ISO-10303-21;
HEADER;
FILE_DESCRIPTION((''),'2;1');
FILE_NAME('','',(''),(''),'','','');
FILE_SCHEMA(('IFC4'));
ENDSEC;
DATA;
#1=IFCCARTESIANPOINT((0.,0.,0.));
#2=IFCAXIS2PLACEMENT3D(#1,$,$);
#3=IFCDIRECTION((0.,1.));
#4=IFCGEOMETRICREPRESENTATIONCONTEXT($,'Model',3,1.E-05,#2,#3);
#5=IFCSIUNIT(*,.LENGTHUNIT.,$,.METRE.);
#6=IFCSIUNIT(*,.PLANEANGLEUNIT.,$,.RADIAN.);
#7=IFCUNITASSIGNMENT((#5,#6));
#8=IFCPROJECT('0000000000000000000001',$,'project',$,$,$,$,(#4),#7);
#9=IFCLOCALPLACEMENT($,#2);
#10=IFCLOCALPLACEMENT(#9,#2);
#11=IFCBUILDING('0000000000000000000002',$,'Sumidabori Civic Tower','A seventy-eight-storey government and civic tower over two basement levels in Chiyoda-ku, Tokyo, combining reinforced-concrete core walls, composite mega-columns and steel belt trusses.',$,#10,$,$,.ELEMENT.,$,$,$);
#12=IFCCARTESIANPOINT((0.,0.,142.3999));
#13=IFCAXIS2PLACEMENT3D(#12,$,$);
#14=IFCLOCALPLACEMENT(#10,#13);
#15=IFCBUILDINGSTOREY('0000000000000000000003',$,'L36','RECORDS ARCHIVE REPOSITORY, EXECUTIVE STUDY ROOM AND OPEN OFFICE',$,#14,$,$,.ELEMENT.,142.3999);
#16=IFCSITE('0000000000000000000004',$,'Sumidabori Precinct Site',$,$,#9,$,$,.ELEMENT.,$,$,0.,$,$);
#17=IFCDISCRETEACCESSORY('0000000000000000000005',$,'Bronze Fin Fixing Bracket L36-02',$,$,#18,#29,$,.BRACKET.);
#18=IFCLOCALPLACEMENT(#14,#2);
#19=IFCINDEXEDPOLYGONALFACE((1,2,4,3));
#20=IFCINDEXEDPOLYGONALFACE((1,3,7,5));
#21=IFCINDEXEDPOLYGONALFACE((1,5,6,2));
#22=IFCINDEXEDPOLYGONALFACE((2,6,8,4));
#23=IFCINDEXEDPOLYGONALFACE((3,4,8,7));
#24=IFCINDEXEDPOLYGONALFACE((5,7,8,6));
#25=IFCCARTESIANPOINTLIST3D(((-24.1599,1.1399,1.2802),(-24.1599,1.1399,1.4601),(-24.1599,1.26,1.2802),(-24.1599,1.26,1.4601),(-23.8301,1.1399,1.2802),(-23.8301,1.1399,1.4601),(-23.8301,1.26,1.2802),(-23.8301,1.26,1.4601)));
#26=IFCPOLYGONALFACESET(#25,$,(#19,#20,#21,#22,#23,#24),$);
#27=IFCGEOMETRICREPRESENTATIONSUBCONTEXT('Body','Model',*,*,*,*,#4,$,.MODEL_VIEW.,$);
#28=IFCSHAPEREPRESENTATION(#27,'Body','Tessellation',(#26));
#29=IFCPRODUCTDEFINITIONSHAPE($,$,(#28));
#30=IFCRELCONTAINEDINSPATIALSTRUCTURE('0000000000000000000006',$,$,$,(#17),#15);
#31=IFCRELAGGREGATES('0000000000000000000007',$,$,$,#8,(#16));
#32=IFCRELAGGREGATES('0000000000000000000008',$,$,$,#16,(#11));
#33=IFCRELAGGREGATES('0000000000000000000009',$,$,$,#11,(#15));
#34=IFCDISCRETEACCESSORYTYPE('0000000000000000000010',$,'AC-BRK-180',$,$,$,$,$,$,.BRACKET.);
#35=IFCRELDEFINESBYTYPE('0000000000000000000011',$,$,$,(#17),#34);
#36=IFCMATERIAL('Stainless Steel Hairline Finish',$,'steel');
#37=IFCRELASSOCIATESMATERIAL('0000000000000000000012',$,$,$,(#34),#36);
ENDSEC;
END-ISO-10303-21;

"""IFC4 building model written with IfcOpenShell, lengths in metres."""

from ifc_helpers import new_model, si_unit, direction, frame, origin, origin_2d, place, context, subcontext, project, spatial, rectangle, extrude, source, transform, mapped, material, material_profile, profile_set, type_object, element, save


model = new_model("IFC4")

# Units and contexts
model_context = context("Model", 3, precision=1e-05, world=origin(), true_north=direction((0.0, 1.0)))
body_context = subcontext(model_context, "Body", "Model", "MODEL_VIEW")
ifc_project = project(units=[si_unit("LENGTHUNIT", "METRE"), si_unit("PLANEANGLEUNIT", "RADIAN")], contexts=[model_context])

# Site, building, storey
site_placement = place(None, origin())
site = spatial("IfcSite", under=ifc_project, at=site_placement, Name="Sumidabori Precinct Site", CompositionType="ELEMENT", RefElevation=0.0)
building_placement = place(site_placement, origin())
building = spatial("IfcBuilding", under=site, at=building_placement, Name="Sumidabori Civic Tower", Description="A seventy-eight-storey government and civic tower over two basement levels in Chiyoda-ku, Tokyo, combining reinforced-concrete core walls, composite mega-columns and steel belt trusses.", CompositionType="ELEMENT")
storey_placement = place(building_placement, frame((0.0, 0.0, 142.3999)))
storey = spatial("IfcBuildingStorey", under=building, at=storey_placement, Name="L36", Description="RECORDS ARCHIVE REPOSITORY, EXECUTIVE STUDY ROOM AND OPEN OFFICE", CompositionType="ELEMENT", Elevation=142.3999)

# Discrete accessory
ifc_material_1 = material(Name="Stainless Steel Hairline Finish", Category="steel")
ifc_material_profile_1 = material_profile(ifc_material_1, rectangle(XDim=0.1201, YDim=0.1799, at=origin_2d()), Name="STEEL BRACKET 180x120")
ifc_profile_set_1 = profile_set([ifc_material_profile_1], Name="Stainless Steel Hairline Finish")
discrete_accessory_type = type_object("IfcDiscreteAccessoryType", Name="AC-BRK-180", PredefinedType="BRACKET", material=ifc_profile_set_1)
shared_shape_1 = source(origin(), body_context, "Body", "SweptSolid", [
    extrude(rectangle(XDim=0.1201, YDim=0.1799, at=origin_2d()), origin(), (0.0, 0.0, 1.0), 0.3298),
])
discrete_accessory_placement = place(storey_placement, frame((-23.8301, 1.2, 1.3701), z_axis=(-1.0, 0.0, 0.0), x_axis=(0.0, -1.0, 0.0)))
element("IfcDiscreteAccessory", 1, at=discrete_accessory_placement, inside=storey, type_object=discrete_accessory_type, Name="Bronze Fin Fixing Bracket L36-02", PredefinedType="BRACKET", context=body_context, shape_type="MappedRepresentation", body=[
    mapped(shared_shape_1, transform((0.0, 0.0, 0.0), x_axis=(1.0, 0.0, 0.0), y_axis=(0.0, 1.0, 0.0), z_axis=(0.0, 0.0, 1.0), scale=1.0)),
])

save(model, "model.ifc")
